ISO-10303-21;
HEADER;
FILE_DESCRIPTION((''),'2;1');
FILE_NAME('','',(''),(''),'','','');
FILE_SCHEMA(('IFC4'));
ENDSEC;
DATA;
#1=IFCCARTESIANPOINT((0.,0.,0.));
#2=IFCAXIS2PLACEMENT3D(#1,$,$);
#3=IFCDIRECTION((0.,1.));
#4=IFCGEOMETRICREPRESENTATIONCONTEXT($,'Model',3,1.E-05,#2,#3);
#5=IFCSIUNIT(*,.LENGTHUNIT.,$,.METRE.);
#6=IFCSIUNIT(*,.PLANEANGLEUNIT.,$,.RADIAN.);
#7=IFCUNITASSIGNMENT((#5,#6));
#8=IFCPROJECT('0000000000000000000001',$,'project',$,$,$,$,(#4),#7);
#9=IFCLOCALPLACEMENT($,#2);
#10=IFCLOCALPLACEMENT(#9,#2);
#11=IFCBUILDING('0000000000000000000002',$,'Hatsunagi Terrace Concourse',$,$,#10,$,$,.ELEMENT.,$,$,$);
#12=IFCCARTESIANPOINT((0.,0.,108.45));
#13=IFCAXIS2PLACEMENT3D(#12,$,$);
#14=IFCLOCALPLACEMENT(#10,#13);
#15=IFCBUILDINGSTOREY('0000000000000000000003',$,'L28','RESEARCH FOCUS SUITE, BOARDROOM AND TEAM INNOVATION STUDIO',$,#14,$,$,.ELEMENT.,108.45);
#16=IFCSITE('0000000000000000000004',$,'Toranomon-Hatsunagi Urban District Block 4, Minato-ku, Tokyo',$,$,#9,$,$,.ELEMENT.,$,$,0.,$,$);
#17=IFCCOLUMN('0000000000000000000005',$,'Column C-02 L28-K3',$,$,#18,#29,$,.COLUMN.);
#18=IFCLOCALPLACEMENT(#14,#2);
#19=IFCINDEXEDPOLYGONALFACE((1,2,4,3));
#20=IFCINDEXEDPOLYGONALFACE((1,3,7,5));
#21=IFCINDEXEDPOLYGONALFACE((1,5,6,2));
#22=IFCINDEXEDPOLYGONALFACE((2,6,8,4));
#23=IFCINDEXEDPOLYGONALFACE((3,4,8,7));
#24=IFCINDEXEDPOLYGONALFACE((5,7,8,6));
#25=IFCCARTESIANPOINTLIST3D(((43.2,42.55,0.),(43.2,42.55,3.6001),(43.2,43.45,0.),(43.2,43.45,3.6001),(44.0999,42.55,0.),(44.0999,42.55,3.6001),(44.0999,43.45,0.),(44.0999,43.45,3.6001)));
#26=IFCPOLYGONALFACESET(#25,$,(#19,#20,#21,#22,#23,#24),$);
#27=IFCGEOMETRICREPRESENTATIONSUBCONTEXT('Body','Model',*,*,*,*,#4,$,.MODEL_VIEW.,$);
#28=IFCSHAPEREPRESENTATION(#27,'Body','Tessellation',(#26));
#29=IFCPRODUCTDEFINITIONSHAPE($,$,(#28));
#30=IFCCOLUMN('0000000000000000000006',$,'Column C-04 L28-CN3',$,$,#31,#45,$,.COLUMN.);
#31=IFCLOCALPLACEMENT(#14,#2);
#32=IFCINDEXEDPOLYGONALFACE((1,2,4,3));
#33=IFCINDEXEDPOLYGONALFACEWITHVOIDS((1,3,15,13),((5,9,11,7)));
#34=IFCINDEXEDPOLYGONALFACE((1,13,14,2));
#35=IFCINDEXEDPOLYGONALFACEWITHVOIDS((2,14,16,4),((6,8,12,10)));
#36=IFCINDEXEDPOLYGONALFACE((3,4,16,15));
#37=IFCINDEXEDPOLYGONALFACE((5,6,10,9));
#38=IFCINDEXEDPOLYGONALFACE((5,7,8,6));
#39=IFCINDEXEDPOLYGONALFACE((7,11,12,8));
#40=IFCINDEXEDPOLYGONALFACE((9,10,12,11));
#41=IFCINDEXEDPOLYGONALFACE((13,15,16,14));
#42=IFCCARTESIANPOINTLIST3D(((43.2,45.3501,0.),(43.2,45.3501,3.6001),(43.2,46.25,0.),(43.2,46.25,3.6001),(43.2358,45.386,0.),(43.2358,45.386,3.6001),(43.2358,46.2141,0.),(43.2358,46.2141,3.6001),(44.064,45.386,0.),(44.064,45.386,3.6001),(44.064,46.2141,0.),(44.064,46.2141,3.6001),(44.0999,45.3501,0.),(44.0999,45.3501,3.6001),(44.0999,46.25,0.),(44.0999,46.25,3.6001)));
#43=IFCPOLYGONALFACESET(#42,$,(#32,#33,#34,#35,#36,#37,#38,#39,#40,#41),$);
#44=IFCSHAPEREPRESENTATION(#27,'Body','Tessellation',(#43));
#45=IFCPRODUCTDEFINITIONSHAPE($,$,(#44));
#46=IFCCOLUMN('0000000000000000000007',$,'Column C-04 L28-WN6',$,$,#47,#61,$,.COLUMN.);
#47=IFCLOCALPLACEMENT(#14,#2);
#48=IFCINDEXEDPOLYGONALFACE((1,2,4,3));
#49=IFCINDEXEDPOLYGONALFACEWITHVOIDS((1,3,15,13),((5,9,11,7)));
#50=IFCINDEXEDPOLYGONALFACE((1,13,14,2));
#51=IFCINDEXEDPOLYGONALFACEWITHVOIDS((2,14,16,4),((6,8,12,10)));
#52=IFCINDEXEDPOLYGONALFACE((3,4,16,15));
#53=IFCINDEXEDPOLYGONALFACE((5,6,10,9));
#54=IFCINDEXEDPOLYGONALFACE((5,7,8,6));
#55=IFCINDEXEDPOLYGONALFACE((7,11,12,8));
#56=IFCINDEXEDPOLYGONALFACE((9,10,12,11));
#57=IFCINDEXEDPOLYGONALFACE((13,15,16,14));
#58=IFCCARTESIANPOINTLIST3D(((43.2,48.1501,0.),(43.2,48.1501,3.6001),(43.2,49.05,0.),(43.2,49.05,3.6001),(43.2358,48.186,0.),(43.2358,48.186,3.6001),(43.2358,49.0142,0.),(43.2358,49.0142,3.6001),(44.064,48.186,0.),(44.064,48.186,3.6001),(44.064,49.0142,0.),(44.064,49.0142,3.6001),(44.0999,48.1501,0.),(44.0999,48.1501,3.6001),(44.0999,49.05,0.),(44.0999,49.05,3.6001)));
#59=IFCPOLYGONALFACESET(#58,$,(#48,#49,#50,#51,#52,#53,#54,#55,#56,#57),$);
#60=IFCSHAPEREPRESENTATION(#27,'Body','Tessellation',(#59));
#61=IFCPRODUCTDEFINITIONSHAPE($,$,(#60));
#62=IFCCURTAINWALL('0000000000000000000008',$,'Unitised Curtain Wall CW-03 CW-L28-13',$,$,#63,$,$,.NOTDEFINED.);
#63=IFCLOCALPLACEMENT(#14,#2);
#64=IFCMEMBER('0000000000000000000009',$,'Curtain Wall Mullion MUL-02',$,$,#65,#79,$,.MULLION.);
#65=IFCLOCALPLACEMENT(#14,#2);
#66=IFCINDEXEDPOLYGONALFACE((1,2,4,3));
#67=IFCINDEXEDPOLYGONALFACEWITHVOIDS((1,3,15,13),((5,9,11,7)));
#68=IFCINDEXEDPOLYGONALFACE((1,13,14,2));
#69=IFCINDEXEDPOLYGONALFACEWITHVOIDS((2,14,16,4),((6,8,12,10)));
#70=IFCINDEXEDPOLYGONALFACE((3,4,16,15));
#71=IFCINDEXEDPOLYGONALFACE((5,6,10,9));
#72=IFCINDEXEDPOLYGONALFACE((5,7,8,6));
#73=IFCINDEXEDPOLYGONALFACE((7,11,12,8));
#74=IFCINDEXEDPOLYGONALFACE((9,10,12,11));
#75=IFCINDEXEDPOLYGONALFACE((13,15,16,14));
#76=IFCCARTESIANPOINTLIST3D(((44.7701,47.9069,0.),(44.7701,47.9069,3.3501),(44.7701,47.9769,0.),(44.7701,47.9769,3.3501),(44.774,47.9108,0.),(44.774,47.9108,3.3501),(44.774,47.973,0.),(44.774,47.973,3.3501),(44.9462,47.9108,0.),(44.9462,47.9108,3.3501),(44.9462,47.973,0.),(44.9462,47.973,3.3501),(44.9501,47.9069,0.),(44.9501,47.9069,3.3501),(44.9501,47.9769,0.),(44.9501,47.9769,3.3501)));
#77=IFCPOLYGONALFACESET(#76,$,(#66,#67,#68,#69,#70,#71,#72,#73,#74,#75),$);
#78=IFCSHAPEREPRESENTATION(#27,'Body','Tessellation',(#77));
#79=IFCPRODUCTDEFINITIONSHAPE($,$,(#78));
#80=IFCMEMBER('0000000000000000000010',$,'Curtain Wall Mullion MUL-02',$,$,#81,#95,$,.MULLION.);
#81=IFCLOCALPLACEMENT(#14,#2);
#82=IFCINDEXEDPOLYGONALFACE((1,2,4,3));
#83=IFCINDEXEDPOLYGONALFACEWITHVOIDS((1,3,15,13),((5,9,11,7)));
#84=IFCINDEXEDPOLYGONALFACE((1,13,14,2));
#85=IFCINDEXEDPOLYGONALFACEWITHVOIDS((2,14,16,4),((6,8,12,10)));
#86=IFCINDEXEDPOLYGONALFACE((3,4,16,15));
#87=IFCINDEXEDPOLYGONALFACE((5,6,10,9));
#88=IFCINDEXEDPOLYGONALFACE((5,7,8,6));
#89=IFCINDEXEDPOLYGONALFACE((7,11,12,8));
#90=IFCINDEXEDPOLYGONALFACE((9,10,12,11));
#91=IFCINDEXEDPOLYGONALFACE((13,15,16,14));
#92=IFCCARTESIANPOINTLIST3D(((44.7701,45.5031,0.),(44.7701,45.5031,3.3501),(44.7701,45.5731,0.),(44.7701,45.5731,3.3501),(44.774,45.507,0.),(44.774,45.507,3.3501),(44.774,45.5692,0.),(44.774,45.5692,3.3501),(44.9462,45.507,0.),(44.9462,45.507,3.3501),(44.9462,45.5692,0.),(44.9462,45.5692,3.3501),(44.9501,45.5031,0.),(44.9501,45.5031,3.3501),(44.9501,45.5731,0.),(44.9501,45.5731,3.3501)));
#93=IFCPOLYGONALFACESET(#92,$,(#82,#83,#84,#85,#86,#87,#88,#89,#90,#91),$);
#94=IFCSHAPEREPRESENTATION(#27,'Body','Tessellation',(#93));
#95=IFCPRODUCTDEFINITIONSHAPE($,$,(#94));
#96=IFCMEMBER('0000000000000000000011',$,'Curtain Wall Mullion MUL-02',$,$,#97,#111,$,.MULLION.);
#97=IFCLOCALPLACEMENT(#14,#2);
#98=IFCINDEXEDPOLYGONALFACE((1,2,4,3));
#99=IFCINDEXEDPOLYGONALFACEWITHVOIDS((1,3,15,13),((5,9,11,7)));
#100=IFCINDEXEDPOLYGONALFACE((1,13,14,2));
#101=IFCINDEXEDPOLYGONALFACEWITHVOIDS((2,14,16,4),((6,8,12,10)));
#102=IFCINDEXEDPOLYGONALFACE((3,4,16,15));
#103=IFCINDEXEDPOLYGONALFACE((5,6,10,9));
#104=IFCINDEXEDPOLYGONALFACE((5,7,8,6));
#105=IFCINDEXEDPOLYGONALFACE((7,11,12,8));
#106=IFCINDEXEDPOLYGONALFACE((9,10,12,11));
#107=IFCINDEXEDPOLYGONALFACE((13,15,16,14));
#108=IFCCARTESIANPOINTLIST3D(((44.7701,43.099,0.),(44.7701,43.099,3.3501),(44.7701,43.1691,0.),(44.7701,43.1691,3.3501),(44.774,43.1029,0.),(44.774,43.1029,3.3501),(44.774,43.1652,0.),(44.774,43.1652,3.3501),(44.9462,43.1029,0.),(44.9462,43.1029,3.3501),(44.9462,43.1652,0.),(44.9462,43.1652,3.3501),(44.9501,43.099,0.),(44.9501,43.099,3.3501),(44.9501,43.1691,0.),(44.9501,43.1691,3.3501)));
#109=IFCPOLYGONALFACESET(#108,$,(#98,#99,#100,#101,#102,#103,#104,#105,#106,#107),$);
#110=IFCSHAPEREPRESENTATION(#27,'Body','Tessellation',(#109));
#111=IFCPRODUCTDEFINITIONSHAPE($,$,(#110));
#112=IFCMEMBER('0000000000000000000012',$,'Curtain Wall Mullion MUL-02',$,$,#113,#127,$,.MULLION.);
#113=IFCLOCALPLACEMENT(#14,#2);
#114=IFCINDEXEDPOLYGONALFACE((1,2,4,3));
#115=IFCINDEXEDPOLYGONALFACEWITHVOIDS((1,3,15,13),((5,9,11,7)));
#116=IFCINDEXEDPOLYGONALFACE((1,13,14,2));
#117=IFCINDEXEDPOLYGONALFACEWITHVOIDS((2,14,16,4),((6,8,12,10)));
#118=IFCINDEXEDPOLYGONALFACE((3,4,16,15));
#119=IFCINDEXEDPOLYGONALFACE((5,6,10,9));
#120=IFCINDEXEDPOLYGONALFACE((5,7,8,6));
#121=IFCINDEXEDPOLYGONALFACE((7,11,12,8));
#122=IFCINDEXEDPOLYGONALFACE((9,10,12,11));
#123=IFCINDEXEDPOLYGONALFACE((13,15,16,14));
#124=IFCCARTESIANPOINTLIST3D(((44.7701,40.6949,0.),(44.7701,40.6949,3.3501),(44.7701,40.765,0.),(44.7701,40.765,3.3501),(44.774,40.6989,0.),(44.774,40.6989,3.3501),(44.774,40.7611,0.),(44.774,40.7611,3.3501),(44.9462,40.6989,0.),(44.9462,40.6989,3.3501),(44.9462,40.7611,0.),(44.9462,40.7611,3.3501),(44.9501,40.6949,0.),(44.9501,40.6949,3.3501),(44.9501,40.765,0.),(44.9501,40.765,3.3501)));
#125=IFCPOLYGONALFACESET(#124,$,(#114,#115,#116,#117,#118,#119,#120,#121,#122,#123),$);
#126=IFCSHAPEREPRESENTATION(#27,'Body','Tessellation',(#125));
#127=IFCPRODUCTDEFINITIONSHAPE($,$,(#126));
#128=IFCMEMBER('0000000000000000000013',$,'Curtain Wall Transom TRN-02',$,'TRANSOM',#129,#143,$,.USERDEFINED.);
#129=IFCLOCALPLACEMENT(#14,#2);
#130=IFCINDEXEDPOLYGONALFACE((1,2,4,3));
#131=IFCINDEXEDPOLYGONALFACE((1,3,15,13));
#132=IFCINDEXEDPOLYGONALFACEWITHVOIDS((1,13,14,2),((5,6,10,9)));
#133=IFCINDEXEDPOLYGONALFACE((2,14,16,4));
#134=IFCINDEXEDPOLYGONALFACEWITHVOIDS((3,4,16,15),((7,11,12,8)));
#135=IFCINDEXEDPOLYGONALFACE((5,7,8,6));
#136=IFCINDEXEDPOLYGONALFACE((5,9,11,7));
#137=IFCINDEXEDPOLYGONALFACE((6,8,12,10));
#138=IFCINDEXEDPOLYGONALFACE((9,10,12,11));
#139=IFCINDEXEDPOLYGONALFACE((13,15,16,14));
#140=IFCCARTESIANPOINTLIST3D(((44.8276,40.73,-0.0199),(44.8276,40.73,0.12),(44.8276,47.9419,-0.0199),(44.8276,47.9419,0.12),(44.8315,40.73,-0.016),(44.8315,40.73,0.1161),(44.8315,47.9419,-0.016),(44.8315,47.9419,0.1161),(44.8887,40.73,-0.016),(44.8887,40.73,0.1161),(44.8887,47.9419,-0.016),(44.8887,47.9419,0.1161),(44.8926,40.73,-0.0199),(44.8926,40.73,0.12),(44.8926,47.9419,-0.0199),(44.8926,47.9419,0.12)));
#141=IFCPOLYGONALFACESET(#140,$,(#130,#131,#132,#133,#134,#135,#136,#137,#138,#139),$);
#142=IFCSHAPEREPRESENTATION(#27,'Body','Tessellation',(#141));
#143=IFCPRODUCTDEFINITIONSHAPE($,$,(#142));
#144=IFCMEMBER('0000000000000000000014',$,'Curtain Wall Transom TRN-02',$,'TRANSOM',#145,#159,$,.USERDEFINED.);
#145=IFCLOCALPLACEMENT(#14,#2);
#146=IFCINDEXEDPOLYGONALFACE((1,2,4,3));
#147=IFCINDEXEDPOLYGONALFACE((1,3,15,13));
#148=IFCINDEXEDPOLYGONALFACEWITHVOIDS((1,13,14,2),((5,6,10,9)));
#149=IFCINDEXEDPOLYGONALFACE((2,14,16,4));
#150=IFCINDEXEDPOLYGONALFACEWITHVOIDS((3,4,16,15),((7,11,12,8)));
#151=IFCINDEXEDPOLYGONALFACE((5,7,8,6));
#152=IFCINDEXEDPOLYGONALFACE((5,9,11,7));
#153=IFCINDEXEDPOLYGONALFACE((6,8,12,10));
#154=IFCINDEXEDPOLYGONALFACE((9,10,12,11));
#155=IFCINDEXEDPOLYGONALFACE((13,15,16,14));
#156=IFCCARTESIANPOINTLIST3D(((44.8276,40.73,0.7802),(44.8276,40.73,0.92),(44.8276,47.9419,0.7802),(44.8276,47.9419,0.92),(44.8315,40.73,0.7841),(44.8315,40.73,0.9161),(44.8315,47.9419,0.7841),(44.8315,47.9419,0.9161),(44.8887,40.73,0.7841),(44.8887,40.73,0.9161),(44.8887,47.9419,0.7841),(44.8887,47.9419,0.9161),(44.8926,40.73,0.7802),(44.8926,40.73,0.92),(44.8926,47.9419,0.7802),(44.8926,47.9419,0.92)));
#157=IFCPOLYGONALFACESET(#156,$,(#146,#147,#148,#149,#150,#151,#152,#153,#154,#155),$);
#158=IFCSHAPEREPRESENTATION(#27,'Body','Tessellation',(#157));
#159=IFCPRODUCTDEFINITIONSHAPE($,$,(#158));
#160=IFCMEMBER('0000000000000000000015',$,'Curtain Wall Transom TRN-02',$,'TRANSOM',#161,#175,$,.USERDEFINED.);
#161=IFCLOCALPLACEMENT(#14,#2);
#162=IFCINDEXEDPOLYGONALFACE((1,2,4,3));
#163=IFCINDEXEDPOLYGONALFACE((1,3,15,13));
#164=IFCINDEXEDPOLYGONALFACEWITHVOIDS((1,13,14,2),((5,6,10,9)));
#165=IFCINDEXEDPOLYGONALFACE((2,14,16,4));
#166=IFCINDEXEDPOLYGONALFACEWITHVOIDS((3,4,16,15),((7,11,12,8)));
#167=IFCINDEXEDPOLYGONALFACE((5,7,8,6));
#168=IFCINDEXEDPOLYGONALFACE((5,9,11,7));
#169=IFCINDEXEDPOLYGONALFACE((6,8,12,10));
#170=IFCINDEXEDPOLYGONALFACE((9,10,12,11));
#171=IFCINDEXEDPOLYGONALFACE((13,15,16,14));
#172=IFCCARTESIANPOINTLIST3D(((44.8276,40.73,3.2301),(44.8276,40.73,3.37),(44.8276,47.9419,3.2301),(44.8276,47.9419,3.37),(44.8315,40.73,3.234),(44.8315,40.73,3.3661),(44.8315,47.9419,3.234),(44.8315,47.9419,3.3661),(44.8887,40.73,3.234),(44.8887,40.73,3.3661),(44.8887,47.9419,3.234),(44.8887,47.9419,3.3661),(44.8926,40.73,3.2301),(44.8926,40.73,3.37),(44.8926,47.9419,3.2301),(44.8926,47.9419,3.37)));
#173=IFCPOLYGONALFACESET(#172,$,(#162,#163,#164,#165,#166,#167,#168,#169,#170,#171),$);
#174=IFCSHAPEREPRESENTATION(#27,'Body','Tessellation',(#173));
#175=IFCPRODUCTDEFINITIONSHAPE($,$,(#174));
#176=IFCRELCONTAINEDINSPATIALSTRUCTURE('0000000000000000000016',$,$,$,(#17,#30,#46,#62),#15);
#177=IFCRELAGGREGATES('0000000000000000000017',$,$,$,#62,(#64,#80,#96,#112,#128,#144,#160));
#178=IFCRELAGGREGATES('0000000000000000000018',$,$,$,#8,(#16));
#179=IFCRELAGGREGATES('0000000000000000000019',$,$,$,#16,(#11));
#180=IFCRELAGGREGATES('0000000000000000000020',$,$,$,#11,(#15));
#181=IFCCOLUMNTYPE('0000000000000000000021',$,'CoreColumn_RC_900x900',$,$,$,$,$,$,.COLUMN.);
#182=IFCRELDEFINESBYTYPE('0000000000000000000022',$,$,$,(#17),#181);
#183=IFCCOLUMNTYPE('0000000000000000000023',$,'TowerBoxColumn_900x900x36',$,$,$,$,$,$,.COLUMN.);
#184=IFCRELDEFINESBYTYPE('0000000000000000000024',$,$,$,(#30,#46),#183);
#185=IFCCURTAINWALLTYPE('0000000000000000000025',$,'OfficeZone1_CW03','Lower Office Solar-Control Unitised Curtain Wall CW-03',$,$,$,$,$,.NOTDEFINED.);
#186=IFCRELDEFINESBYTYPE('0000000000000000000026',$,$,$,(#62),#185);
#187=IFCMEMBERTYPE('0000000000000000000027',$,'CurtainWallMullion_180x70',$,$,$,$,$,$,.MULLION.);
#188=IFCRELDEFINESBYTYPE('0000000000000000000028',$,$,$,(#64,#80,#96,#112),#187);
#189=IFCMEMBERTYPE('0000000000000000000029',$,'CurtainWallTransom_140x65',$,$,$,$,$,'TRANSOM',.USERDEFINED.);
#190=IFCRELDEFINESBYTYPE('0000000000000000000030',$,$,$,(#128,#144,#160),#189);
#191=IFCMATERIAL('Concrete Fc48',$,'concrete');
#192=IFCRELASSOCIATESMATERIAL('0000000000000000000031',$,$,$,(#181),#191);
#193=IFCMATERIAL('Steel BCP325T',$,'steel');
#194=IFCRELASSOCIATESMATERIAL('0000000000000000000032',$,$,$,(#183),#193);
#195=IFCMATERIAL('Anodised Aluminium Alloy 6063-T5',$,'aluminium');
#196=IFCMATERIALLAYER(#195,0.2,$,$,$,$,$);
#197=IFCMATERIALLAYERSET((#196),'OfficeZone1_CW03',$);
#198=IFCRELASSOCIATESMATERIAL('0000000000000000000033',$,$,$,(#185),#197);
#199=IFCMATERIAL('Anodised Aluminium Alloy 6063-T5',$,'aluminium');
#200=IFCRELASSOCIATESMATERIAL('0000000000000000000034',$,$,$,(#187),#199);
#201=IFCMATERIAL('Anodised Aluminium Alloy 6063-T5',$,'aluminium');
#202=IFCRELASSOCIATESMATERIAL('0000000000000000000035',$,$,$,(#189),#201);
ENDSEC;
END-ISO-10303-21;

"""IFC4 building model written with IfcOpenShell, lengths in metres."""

from ifc_helpers import new_model, si_unit, direction, frame, origin, origin_2d, place, context, subcontext, project, spatial, rectangle, hollow_rectangle, extrude, material, layer, layer_set, material_profile, profile_set, type_object, element, aggregate, save


model = new_model("IFC4")

# Units and contexts
model_context = context("Model", 3, precision=1e-05, world=origin(), true_north=direction((0.0, 1.0)))
body_context = subcontext(model_context, "Body", "Model", "MODEL_VIEW")
ifc_project = project(units=[si_unit("LENGTHUNIT", "METRE"), si_unit("PLANEANGLEUNIT", "RADIAN")], contexts=[model_context])

# Site, building, storey
site_placement = place(None, origin())
site = spatial("IfcSite", under=ifc_project, at=site_placement, Name="Toranomon-Hatsunagi Urban District Block 4, Minato-ku, Tokyo", CompositionType="ELEMENT", RefElevation=0.0)
building_placement = place(site_placement, origin())
building = spatial("IfcBuilding", under=site, at=building_placement, Name="Hatsunagi Terrace Concourse", CompositionType="ELEMENT")
storey_placement = place(building_placement, frame((0.0, 0.0, 108.45)))
storey = spatial("IfcBuildingStorey", under=building, at=storey_placement, Name="L28", Description="RESEARCH FOCUS SUITE, BOARDROOM AND TEAM INNOVATION STUDIO", CompositionType="ELEMENT", Elevation=108.45)

# Columns
ifc_material_1 = material(Name="Concrete Fc48", Category="concrete")
ifc_material_profile_1 = material_profile(ifc_material_1, rectangle(XDim=0.8999, YDim=0.8999, at=origin_2d()), Name="RC-900x900")
ifc_profile_set_1 = profile_set([ifc_material_profile_1], Name="Concrete Fc48")
column_type_1 = type_object("IfcColumnType", Name="CoreColumn_RC_900x900", PredefinedType="COLUMN", material=ifc_profile_set_1)
column_placement = place(storey_placement, frame((43.6499, 43.0, 0.0), z_axis=(0.0, 0.0, 1.0), x_axis=(1.0, 0.0, 0.0)))
element("IfcColumn", 1, at=column_placement, inside=storey, type_object=column_type_1, Name="Column C-02 L28-K3", PredefinedType="COLUMN", context=body_context, shape_type="SweptSolid", body=[
    extrude(rectangle(XDim=0.8999, YDim=0.8999, at=origin_2d()), origin(), (0.0, 0.0, 1.0), 3.6001),
])
ifc_material_2 = material(Name="Steel BCP325T", Category="steel")
ifc_material_profile_2 = material_profile(ifc_material_2, hollow_rectangle(XDim=0.8999, YDim=0.8999, WallThickness=0.0359, at=origin_2d()), Name="BCP-900x900x36")
ifc_profile_set_2 = profile_set([ifc_material_profile_2], Name="Steel BCP325T")
column_type_2 = type_object("IfcColumnType", Name="TowerBoxColumn_900x900x36", PredefinedType="COLUMN", material=ifc_profile_set_2)
for number, where, z_axis, x_axis, name in (
    (2, (43.6499, 45.8, 0.0), (0.0, 0.0, 1.0), (1.0, 0.0, 0.0), "Column C-04 L28-CN3"),
    (3, (43.6499, 48.6001, 0.0), (0.0, 0.0, 1.0), (1.0, 0.0, 0.0), "Column C-04 L28-WN6"),
):
    element("IfcColumn", number, at=place(storey_placement, frame(where, z_axis=z_axis, x_axis=x_axis)), inside=storey, type_object=column_type_2, Name=name, PredefinedType="COLUMN", context=body_context, shape_type="SweptSolid", body=[
        extrude(hollow_rectangle(XDim=0.8999, YDim=0.8999, WallThickness=0.0359, at=origin_2d()), origin(), (0.0, 0.0, 1.0), 3.6001),
    ])

# Curtain wall, members
ifc_material_3 = material(Name="Anodised Aluminium Alloy 6063-T5", Category="aluminium")
ifc_layer_1 = layer(ifc_material_3, 0.2)
ifc_layer_set_1 = layer_set([ifc_layer_1], Name="OfficeZone1_CW03")
curtain_wall_type = type_object("IfcCurtainWallType", Name="OfficeZone1_CW03", Description="Lower Office Solar-Control Unitised Curtain Wall CW-03", PredefinedType="NOTDEFINED", material=ifc_layer_set_1)
curtain_wall_placement = place(storey_placement, origin())
curtain_wall = element("IfcCurtainWall", 4, at=curtain_wall_placement, inside=storey, type_object=curtain_wall_type, Name="Unitised Curtain Wall CW-03 CW-L28-13", PredefinedType="NOTDEFINED")
ifc_material_4 = material(Name="Anodised Aluminium Alloy 6063-T5", Category="aluminium")
ifc_material_profile_3 = material_profile(ifc_material_4, hollow_rectangle(XDim=0.0701, YDim=0.1799, WallThickness=0.0039, at=origin_2d()), Name="ALU-MUL-180x70x4")
ifc_profile_set_3 = profile_set([ifc_material_profile_3], Name="Anodised Aluminium Alloy 6063-T5")
member_type_1 = type_object("IfcMemberType", Name="CurtainWallMullion_180x70", PredefinedType="MULLION", material=ifc_profile_set_3)
member_1_placement = place(storey_placement, frame((44.8601, 47.9419, 0.0), z_axis=(0.0, 0.0, 1.0), x_axis=(0.0, -1.0, 0.0)))
member_1 = element("IfcMember", 5, at=member_1_placement, type_object=member_type_1, Name="Curtain Wall Mullion MUL-02", PredefinedType="MULLION", context=body_context, shape_type="SweptSolid", body=[
    extrude(hollow_rectangle(XDim=0.0701, YDim=0.1799, WallThickness=0.0039, at=origin_2d()), origin(), (0.0, 0.0, 1.0), 3.3501),
])
member_2_placement = place(storey_placement, frame((44.8601, 45.5381, 0.0), z_axis=(0.0, 0.0, 1.0), x_axis=(0.0, -1.0, 0.0)))
member_2 = element("IfcMember", 6, at=member_2_placement, type_object=member_type_1, Name="Curtain Wall Mullion MUL-02", PredefinedType="MULLION", context=body_context, shape_type="SweptSolid", body=[
    extrude(hollow_rectangle(XDim=0.0701, YDim=0.1799, WallThickness=0.0039, at=origin_2d()), origin(), (0.0, 0.0, 1.0), 3.3501),
])
member_3_placement = place(storey_placement, frame((44.8601, 43.134, 0.0), z_axis=(0.0, 0.0, 1.0), x_axis=(0.0, -1.0, 0.0)))
member_3 = element("IfcMember", 7, at=member_3_placement, type_object=member_type_1, Name="Curtain Wall Mullion MUL-02", PredefinedType="MULLION", context=body_context, shape_type="SweptSolid", body=[
    extrude(hollow_rectangle(XDim=0.0701, YDim=0.1799, WallThickness=0.0039, at=origin_2d()), origin(), (0.0, 0.0, 1.0), 3.3501),
])
member_4_placement = place(storey_placement, frame((44.8601, 40.73, 0.0), z_axis=(0.0, 0.0, 1.0), x_axis=(0.0, -1.0, 0.0)))
member_4 = element("IfcMember", 8, at=member_4_placement, type_object=member_type_1, Name="Curtain Wall Mullion MUL-02", PredefinedType="MULLION", context=body_context, shape_type="SweptSolid", body=[
    extrude(hollow_rectangle(XDim=0.0701, YDim=0.1799, WallThickness=0.0039, at=origin_2d()), origin(), (0.0, 0.0, 1.0), 3.3501),
])
ifc_material_5 = material(Name="Anodised Aluminium Alloy 6063-T5", Category="aluminium")
ifc_material_profile_4 = material_profile(ifc_material_5, hollow_rectangle(XDim=0.0649, YDim=0.1399, WallThickness=0.0039, at=origin_2d()), Name="ALU-TRN-140x65x4")
ifc_profile_set_4 = profile_set([ifc_material_profile_4], Name="Anodised Aluminium Alloy 6063-T5")
member_type_2 = type_object("IfcMemberType", Name="CurtainWallTransom_140x65", ElementType="TRANSOM", PredefinedType="USERDEFINED", material=ifc_profile_set_4)
member_5_placement = place(storey_placement, frame((44.8601, 47.9419, 0.05), z_axis=(0.0, -1.0, 0.0), x_axis=(1.0, 0.0, 0.0)))
member_5 = element("IfcMember", 9, at=member_5_placement, type_object=member_type_2, Name="Curtain Wall Transom TRN-02", ObjectType="TRANSOM", PredefinedType="USERDEFINED", context=body_context, shape_type="SweptSolid", body=[
    extrude(hollow_rectangle(XDim=0.0649, YDim=0.1399, WallThickness=0.0039, at=origin_2d()), origin(), (0.0, 0.0, 1.0), 7.2119),
])
member_6_placement = place(storey_placement, frame((44.8601, 47.9419, 0.8501), z_axis=(0.0, -1.0, 0.0), x_axis=(1.0, 0.0, 0.0)))
member_6 = element("IfcMember", 10, at=member_6_placement, type_object=member_type_2, Name="Curtain Wall Transom TRN-02", ObjectType="TRANSOM", PredefinedType="USERDEFINED", context=body_context, shape_type="SweptSolid", body=[
    extrude(hollow_rectangle(XDim=0.0649, YDim=0.1399, WallThickness=0.0039, at=origin_2d()), origin(), (0.0, 0.0, 1.0), 7.2119),
])
member_7_placement = place(storey_placement, frame((44.8601, 47.9419, 3.3), z_axis=(0.0, -1.0, 0.0), x_axis=(1.0, 0.0, 0.0)))
member_7 = element("IfcMember", 11, at=member_7_placement, type_object=member_type_2, Name="Curtain Wall Transom TRN-02", ObjectType="TRANSOM", PredefinedType="USERDEFINED", context=body_context, shape_type="SweptSolid", body=[
    extrude(hollow_rectangle(XDim=0.0649, YDim=0.1399, WallThickness=0.0039, at=origin_2d()), origin(), (0.0, 0.0, 1.0), 7.2119),
])

aggregate(curtain_wall, [member_1, member_2, member_3, member_4, member_5, member_6, member_7])

save(model, "model.ifc")
